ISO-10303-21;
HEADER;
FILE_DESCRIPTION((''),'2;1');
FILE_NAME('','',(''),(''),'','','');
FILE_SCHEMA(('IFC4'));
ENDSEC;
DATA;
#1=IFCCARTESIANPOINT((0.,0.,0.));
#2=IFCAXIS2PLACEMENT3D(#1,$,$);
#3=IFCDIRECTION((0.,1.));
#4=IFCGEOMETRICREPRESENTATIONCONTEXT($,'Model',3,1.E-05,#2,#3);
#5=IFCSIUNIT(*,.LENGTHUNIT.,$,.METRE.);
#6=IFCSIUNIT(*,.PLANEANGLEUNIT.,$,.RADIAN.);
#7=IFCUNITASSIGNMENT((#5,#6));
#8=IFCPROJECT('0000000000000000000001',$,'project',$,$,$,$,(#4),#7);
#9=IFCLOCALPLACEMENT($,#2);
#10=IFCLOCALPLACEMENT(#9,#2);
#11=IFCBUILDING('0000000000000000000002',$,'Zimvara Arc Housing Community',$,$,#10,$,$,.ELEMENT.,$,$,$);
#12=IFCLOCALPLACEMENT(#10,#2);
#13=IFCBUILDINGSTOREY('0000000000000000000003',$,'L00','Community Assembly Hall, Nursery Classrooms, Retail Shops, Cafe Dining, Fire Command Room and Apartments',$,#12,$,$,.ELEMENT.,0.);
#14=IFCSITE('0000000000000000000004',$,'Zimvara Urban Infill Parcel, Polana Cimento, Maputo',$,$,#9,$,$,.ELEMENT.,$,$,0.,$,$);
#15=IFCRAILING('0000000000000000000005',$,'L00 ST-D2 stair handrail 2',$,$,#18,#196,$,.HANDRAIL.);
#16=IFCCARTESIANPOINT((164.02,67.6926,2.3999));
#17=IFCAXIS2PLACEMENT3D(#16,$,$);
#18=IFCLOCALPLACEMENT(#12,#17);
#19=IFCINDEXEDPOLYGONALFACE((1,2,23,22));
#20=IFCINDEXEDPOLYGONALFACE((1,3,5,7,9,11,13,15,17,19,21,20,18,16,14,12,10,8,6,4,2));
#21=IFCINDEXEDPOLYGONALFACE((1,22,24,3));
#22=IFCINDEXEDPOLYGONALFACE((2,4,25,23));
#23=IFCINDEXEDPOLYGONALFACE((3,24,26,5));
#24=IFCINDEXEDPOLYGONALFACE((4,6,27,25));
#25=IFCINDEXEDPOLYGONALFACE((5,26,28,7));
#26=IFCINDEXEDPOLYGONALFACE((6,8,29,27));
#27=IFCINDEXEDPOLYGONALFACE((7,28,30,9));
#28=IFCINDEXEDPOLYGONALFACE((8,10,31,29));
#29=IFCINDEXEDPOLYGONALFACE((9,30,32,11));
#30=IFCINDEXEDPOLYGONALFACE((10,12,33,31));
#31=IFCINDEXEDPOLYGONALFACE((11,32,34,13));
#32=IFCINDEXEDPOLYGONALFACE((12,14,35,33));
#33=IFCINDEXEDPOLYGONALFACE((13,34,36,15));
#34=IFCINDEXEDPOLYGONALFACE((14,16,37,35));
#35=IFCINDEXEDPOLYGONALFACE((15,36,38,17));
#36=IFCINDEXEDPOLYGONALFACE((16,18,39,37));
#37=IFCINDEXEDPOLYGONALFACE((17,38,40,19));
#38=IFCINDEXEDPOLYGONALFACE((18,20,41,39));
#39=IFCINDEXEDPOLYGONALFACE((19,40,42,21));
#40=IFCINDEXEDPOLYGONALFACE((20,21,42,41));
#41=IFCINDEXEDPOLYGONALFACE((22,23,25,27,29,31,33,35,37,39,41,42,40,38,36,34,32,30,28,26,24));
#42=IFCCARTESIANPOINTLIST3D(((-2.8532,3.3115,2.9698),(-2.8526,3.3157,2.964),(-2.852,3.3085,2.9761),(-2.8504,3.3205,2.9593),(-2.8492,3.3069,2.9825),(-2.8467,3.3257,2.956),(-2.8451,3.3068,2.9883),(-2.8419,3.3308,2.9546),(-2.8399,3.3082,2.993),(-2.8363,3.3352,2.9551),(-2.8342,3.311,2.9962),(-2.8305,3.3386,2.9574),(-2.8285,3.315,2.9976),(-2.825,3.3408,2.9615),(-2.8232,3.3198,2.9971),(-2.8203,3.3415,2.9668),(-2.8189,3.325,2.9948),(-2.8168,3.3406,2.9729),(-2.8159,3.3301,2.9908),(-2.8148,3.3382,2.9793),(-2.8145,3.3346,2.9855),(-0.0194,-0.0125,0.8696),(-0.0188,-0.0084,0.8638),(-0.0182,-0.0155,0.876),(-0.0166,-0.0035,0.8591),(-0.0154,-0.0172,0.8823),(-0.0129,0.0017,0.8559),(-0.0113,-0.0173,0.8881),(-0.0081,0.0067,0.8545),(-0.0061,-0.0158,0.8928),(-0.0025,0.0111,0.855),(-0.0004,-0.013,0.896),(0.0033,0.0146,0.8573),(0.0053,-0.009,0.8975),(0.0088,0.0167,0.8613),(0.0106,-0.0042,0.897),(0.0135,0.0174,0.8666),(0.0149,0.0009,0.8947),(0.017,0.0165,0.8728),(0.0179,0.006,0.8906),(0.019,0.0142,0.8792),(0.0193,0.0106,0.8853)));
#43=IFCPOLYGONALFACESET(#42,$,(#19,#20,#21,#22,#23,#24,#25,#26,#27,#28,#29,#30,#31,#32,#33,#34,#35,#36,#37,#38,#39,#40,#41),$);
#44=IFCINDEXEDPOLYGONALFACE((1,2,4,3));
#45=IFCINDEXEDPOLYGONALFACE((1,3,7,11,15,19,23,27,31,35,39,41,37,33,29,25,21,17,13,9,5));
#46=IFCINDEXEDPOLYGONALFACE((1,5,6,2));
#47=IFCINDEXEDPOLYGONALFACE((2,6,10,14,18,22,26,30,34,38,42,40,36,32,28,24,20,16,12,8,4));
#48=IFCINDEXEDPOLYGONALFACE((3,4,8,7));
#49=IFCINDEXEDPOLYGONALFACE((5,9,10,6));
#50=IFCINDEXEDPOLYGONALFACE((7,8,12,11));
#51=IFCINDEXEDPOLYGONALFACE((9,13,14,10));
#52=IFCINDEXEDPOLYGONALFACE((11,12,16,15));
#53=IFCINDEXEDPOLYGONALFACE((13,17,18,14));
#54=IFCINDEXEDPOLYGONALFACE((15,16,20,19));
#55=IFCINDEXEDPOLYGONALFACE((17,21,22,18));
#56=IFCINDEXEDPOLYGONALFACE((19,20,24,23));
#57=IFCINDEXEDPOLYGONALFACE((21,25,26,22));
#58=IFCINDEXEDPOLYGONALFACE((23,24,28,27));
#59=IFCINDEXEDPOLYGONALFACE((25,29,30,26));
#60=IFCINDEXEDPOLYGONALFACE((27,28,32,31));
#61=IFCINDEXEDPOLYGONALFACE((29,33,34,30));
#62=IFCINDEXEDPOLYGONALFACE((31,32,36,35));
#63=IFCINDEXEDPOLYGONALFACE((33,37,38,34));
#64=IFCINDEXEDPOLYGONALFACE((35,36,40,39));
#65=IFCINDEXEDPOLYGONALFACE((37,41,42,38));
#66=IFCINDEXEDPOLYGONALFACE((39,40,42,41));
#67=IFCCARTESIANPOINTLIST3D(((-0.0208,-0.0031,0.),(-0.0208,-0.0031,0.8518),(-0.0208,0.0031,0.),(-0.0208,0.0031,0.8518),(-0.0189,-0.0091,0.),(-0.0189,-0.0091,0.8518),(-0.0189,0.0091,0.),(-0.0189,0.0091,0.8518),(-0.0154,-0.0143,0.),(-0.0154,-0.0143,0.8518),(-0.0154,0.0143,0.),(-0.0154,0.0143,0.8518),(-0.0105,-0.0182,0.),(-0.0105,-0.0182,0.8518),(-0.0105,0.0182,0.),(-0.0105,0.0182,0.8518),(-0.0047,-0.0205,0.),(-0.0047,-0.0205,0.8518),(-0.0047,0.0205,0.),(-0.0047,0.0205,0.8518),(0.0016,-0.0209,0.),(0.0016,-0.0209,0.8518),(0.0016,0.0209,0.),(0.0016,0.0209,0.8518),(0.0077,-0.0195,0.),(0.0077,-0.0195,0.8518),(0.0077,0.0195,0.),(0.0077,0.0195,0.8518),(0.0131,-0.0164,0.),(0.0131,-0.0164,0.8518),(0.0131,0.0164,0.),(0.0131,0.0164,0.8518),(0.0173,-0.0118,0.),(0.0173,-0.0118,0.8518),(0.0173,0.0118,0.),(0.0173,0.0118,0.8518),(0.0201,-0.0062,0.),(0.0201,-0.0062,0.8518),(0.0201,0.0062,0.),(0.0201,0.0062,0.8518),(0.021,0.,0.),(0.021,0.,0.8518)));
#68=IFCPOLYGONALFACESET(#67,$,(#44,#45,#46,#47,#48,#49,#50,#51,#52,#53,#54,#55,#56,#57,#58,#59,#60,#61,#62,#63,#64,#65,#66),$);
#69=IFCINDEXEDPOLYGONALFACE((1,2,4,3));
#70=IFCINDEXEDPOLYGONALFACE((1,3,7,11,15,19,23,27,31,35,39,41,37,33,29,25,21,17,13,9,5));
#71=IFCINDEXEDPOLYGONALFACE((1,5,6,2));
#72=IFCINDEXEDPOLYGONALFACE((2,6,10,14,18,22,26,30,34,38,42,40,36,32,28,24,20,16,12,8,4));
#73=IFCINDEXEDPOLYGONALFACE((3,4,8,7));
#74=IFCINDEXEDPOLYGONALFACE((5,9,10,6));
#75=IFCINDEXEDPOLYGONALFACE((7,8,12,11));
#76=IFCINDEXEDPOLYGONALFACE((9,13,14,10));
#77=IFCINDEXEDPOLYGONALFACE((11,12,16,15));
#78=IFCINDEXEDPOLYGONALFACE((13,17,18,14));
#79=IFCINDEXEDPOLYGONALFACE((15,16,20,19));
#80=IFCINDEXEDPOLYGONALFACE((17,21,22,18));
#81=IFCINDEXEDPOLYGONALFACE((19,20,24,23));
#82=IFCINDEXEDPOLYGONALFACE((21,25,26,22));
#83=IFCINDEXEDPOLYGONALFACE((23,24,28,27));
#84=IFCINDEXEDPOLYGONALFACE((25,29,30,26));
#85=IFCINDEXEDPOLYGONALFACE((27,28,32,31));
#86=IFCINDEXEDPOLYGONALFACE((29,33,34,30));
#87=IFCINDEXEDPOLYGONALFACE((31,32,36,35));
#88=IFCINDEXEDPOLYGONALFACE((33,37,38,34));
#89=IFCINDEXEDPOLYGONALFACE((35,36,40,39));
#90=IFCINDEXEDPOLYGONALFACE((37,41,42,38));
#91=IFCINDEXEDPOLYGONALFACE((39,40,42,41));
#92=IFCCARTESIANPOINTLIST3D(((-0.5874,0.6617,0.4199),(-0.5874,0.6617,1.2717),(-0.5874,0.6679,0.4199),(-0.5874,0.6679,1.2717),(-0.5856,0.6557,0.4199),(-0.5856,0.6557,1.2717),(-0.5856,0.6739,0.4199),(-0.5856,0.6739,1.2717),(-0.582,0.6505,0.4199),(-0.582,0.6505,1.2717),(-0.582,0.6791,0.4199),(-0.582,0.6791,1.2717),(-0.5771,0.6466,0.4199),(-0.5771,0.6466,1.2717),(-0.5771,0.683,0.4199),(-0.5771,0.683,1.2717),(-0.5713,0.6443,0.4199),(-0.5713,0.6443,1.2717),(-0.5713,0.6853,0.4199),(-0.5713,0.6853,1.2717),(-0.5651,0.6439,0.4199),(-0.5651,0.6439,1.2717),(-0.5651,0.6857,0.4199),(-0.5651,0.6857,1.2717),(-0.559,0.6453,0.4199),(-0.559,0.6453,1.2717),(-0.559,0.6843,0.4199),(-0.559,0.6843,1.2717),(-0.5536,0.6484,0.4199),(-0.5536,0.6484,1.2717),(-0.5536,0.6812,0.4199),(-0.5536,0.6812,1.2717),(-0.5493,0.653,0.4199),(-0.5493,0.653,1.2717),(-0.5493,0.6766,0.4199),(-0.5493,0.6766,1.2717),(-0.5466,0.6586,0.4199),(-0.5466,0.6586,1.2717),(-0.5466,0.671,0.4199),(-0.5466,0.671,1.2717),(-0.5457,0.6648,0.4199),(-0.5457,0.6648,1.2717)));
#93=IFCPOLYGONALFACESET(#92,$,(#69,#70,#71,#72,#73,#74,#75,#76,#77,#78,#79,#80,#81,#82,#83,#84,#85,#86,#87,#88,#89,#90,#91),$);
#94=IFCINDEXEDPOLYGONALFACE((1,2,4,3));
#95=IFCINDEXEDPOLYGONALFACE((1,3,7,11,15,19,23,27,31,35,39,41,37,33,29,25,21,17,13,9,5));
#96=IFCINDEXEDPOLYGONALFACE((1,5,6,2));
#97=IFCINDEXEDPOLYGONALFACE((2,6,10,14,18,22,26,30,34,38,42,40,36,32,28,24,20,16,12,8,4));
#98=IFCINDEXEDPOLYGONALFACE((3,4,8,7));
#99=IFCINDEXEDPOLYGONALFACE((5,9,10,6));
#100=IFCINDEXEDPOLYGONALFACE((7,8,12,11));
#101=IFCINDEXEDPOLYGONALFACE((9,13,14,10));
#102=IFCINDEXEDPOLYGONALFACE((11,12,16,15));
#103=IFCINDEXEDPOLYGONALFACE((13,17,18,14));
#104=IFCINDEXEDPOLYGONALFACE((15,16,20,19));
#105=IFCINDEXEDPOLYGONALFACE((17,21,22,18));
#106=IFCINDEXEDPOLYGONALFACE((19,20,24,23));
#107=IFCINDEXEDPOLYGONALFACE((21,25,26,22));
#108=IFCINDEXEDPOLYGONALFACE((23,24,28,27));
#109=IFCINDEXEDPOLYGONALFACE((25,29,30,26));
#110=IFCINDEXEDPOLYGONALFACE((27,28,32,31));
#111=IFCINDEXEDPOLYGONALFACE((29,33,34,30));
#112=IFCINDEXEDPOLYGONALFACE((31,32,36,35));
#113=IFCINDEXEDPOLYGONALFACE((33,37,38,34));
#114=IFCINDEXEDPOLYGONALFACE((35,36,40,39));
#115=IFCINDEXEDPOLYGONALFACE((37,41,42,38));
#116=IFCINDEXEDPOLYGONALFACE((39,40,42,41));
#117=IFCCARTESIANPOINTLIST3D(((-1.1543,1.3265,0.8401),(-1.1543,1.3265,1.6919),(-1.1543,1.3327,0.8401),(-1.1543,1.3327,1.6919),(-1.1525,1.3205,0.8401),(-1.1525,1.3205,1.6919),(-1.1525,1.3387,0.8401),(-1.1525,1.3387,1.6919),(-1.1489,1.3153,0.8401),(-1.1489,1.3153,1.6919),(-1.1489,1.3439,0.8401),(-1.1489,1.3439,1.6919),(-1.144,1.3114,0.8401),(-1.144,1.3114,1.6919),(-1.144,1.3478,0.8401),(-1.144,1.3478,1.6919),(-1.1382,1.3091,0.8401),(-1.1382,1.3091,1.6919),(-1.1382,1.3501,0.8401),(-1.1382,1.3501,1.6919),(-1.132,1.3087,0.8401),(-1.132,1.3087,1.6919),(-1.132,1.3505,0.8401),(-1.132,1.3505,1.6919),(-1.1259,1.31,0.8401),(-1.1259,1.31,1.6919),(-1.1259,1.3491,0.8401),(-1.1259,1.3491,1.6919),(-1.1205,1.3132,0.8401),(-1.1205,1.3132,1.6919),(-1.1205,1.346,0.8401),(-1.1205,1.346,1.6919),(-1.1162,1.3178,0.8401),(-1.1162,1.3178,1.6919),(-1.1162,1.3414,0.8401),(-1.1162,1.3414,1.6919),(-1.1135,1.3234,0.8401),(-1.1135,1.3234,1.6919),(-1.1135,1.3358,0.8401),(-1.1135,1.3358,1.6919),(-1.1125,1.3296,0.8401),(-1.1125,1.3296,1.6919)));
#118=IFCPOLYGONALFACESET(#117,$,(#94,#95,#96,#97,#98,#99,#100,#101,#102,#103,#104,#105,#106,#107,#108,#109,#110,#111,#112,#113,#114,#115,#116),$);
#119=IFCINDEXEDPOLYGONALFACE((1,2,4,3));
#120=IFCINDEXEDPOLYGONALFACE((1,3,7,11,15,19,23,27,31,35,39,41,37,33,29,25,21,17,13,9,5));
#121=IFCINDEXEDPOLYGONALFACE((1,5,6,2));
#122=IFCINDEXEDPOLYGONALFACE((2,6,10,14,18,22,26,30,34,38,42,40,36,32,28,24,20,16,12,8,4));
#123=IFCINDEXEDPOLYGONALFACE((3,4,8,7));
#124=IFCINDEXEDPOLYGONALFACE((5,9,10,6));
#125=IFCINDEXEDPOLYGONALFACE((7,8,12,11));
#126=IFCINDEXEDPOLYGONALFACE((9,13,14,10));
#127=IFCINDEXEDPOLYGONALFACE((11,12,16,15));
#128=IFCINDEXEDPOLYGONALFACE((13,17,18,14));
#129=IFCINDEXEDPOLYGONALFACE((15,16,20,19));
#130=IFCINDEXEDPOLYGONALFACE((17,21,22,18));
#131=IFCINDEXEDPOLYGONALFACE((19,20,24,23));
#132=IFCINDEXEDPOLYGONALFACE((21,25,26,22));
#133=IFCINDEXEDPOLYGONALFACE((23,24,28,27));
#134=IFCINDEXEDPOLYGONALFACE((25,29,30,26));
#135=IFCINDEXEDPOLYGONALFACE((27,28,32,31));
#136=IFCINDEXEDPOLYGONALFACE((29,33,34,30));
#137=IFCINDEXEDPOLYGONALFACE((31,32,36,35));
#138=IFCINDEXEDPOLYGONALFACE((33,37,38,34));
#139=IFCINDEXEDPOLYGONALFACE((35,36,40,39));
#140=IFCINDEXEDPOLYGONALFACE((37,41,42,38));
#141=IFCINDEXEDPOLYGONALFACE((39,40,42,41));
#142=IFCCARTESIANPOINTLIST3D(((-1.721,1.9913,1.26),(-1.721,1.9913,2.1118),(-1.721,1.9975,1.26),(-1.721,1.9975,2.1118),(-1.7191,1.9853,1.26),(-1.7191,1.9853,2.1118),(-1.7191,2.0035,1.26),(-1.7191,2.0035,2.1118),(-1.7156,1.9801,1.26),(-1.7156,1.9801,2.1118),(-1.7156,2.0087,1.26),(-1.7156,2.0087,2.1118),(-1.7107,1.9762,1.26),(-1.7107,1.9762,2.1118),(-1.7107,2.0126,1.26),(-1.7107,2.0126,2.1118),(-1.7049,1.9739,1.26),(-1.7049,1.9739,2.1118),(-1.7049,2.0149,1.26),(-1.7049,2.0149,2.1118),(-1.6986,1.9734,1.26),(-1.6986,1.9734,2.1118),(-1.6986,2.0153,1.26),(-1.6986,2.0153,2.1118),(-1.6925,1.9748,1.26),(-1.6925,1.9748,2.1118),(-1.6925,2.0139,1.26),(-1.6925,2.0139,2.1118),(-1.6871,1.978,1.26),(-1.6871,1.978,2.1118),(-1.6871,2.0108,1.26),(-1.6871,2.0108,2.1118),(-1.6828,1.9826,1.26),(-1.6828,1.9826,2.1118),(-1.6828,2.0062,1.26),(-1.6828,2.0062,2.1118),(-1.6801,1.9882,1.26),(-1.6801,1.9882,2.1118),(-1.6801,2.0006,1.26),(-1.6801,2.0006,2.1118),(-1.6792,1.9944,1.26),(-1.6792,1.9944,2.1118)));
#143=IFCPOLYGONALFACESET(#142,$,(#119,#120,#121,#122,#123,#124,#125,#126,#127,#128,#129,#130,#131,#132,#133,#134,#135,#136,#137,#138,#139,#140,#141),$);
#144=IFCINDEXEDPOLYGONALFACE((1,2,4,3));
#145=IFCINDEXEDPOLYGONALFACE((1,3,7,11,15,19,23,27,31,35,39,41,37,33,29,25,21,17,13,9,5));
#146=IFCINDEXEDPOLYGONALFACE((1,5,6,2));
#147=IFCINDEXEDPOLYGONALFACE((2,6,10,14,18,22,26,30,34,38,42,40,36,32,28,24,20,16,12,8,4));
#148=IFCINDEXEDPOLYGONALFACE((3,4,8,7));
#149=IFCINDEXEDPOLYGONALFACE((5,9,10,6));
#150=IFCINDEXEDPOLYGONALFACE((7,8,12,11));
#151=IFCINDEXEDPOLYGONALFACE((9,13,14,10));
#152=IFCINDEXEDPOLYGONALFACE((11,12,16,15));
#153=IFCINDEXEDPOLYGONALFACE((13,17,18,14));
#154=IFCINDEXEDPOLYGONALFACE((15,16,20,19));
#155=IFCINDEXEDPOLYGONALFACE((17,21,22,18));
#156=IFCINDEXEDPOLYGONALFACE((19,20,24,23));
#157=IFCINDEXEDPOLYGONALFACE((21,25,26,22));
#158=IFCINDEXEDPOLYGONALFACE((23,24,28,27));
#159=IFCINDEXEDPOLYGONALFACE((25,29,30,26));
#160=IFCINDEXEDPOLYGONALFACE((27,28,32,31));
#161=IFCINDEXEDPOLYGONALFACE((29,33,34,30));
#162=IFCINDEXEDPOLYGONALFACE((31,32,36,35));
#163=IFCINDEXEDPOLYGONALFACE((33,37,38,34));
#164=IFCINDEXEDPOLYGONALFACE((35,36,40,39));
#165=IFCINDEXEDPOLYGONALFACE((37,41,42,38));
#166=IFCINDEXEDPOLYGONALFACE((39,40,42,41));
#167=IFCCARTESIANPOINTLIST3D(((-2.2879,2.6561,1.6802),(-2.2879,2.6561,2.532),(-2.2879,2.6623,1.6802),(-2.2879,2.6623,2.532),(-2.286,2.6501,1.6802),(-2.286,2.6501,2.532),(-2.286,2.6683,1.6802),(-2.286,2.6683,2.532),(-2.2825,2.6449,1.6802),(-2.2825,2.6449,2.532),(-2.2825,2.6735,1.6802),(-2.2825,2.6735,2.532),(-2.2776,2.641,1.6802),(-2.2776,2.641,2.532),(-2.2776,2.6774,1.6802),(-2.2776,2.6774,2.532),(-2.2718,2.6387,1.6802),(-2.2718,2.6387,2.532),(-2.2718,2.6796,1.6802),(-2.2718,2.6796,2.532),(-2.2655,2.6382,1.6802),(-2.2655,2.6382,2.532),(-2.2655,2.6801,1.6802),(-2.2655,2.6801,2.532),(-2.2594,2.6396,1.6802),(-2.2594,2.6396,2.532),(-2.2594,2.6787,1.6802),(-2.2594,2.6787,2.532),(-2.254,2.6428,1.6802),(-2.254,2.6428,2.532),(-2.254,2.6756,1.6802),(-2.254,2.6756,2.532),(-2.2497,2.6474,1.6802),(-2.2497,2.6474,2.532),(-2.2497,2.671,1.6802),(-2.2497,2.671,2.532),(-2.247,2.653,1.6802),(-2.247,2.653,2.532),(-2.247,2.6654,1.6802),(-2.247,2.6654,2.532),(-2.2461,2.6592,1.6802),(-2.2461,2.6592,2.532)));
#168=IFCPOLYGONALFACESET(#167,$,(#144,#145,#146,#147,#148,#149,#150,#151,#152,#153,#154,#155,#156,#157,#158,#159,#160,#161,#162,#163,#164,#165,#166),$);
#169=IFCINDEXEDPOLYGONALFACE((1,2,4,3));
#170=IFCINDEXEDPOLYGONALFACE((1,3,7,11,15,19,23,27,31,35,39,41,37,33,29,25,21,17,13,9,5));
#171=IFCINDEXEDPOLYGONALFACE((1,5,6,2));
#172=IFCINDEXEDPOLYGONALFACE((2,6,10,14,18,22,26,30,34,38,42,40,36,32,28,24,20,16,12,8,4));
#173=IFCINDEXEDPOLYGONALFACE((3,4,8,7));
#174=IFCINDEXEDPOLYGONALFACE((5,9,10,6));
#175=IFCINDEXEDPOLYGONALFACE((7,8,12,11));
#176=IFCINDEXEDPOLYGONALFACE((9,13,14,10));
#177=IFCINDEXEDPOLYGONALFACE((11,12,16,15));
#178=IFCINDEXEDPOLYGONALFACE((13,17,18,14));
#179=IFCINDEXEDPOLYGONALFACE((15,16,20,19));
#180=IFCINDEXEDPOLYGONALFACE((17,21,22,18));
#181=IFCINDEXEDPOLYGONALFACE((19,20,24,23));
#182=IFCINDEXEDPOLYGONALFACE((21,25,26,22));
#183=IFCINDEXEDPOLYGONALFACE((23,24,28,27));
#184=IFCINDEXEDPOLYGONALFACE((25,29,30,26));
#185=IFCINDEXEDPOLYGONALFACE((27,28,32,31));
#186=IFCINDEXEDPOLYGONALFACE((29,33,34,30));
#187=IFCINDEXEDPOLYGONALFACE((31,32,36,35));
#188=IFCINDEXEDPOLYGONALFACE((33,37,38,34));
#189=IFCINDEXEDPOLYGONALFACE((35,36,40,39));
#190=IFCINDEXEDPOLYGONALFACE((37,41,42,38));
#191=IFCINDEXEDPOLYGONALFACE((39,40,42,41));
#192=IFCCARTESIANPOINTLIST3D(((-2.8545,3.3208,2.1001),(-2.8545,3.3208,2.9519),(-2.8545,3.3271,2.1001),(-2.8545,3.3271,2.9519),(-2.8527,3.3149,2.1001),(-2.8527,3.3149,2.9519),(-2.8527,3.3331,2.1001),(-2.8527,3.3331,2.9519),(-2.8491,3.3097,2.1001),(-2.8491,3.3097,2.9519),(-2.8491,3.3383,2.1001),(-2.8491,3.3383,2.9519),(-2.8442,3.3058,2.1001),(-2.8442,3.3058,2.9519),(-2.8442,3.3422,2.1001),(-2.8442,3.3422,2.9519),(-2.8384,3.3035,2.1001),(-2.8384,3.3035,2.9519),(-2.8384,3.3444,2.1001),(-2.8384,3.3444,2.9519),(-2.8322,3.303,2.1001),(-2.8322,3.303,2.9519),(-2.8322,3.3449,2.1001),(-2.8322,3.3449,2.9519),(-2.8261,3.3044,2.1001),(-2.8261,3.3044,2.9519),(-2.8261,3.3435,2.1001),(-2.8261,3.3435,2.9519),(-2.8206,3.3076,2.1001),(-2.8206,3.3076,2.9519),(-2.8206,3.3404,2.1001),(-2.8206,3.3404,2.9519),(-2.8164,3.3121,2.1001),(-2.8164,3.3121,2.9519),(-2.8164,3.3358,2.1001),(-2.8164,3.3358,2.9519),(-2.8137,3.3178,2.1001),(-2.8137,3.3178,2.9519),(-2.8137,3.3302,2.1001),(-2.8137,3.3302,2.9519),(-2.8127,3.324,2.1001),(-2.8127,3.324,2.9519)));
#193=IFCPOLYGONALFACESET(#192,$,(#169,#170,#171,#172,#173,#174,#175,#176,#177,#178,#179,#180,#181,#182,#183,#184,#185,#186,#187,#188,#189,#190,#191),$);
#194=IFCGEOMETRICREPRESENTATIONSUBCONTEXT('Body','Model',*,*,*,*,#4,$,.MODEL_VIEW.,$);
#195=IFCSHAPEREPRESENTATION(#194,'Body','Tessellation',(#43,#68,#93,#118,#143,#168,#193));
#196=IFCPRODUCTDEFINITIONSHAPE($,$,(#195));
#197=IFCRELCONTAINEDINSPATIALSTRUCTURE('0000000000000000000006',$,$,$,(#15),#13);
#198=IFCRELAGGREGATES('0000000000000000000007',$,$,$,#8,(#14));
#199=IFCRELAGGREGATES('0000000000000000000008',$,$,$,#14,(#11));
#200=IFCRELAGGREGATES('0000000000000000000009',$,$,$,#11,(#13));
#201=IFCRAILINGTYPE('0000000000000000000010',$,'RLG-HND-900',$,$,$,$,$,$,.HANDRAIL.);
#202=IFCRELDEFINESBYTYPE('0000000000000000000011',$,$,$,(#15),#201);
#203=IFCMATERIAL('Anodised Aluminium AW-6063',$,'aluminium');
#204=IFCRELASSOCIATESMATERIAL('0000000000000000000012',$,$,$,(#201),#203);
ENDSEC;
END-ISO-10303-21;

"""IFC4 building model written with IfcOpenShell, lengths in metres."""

from ifc_helpers import new_model, si_unit, direction, frame, origin, origin_2d, place, context, subcontext, project, spatial, circle, extrude, material, type_object, element, save


model = new_model("IFC4")

# Units and contexts
model_context = context("Model", 3, precision=1e-05, world=origin(), true_north=direction((0.0, 1.0)))
body_context = subcontext(model_context, "Body", "Model", "MODEL_VIEW")
ifc_project = project(units=[si_unit("LENGTHUNIT", "METRE"), si_unit("PLANEANGLEUNIT", "RADIAN")], contexts=[model_context])

# Site, building, storey
site_placement = place(None, origin())
site = spatial("IfcSite", under=ifc_project, at=site_placement, Name="Zimvara Urban Infill Parcel, Polana Cimento, Maputo", CompositionType="ELEMENT", RefElevation=0.0)
building_placement = place(site_placement, origin())
building = spatial("IfcBuilding", under=site, at=building_placement, Name="Zimvara Arc Housing Community", CompositionType="ELEMENT")
storey_placement = place(building_placement, origin())
storey = spatial("IfcBuildingStorey", under=building, at=storey_placement, Name="L00", Description="Community Assembly Hall, Nursery Classrooms, Retail Shops, Cafe Dining, Fire Command Room and Apartments", CompositionType="ELEMENT", Elevation=0.0)

# Railing
ifc_material_1 = material(Name="Anodised Aluminium AW-6063", Category="aluminium")
railing_type_1 = type_object("IfcRailingType", Name="RLG-HND-900", PredefinedType="HANDRAIL", material=ifc_material_1)
railing_1_placement = place(storey_placement, frame((164.02, 67.6926, 2.3999)))
element("IfcRailing", 1, at=railing_1_placement, inside=storey, type_object=railing_type_1, Name="L00 ST-D2 stair handrail 2", PredefinedType="HANDRAIL", context=body_context, shape_type="SweptSolid", body=[
    extrude(circle(Radius=0.0239, at=origin_2d()), frame((0.0, 0.0, 0.876), z_axis=(-0.584689, 0.68584, 0.433316), x_axis=(-0.760994, -0.648759, 0.0)), (0.0, 0.0, 1.0), 4.8467),
    extrude(circle(Radius=0.021, at=origin_2d()), origin(), (0.0, 0.0, 1.0), 0.8518),
    extrude(circle(Radius=0.021, at=origin_2d()), frame((-0.5667, 0.6648, 0.4199)), (0.0, 0.0, 1.0), 0.8518),
    extrude(circle(Radius=0.021, at=origin_2d()), frame((-1.1335, 1.3296, 0.8401)), (0.0, 0.0, 1.0), 0.8518),
    extrude(circle(Radius=0.021, at=origin_2d()), frame((-1.7002, 1.9944, 1.26)), (0.0, 0.0, 1.0), 0.8518),
    extrude(circle(Radius=0.021, at=origin_2d()), frame((-2.2671, 2.6592, 1.6802)), (0.0, 0.0, 1.0), 0.8518),
    extrude(circle(Radius=0.021, at=origin_2d()), frame((-2.8337, 3.324, 2.1001)), (0.0, 0.0, 1.0), 0.8518),
])

save(model, "model.ifc")
